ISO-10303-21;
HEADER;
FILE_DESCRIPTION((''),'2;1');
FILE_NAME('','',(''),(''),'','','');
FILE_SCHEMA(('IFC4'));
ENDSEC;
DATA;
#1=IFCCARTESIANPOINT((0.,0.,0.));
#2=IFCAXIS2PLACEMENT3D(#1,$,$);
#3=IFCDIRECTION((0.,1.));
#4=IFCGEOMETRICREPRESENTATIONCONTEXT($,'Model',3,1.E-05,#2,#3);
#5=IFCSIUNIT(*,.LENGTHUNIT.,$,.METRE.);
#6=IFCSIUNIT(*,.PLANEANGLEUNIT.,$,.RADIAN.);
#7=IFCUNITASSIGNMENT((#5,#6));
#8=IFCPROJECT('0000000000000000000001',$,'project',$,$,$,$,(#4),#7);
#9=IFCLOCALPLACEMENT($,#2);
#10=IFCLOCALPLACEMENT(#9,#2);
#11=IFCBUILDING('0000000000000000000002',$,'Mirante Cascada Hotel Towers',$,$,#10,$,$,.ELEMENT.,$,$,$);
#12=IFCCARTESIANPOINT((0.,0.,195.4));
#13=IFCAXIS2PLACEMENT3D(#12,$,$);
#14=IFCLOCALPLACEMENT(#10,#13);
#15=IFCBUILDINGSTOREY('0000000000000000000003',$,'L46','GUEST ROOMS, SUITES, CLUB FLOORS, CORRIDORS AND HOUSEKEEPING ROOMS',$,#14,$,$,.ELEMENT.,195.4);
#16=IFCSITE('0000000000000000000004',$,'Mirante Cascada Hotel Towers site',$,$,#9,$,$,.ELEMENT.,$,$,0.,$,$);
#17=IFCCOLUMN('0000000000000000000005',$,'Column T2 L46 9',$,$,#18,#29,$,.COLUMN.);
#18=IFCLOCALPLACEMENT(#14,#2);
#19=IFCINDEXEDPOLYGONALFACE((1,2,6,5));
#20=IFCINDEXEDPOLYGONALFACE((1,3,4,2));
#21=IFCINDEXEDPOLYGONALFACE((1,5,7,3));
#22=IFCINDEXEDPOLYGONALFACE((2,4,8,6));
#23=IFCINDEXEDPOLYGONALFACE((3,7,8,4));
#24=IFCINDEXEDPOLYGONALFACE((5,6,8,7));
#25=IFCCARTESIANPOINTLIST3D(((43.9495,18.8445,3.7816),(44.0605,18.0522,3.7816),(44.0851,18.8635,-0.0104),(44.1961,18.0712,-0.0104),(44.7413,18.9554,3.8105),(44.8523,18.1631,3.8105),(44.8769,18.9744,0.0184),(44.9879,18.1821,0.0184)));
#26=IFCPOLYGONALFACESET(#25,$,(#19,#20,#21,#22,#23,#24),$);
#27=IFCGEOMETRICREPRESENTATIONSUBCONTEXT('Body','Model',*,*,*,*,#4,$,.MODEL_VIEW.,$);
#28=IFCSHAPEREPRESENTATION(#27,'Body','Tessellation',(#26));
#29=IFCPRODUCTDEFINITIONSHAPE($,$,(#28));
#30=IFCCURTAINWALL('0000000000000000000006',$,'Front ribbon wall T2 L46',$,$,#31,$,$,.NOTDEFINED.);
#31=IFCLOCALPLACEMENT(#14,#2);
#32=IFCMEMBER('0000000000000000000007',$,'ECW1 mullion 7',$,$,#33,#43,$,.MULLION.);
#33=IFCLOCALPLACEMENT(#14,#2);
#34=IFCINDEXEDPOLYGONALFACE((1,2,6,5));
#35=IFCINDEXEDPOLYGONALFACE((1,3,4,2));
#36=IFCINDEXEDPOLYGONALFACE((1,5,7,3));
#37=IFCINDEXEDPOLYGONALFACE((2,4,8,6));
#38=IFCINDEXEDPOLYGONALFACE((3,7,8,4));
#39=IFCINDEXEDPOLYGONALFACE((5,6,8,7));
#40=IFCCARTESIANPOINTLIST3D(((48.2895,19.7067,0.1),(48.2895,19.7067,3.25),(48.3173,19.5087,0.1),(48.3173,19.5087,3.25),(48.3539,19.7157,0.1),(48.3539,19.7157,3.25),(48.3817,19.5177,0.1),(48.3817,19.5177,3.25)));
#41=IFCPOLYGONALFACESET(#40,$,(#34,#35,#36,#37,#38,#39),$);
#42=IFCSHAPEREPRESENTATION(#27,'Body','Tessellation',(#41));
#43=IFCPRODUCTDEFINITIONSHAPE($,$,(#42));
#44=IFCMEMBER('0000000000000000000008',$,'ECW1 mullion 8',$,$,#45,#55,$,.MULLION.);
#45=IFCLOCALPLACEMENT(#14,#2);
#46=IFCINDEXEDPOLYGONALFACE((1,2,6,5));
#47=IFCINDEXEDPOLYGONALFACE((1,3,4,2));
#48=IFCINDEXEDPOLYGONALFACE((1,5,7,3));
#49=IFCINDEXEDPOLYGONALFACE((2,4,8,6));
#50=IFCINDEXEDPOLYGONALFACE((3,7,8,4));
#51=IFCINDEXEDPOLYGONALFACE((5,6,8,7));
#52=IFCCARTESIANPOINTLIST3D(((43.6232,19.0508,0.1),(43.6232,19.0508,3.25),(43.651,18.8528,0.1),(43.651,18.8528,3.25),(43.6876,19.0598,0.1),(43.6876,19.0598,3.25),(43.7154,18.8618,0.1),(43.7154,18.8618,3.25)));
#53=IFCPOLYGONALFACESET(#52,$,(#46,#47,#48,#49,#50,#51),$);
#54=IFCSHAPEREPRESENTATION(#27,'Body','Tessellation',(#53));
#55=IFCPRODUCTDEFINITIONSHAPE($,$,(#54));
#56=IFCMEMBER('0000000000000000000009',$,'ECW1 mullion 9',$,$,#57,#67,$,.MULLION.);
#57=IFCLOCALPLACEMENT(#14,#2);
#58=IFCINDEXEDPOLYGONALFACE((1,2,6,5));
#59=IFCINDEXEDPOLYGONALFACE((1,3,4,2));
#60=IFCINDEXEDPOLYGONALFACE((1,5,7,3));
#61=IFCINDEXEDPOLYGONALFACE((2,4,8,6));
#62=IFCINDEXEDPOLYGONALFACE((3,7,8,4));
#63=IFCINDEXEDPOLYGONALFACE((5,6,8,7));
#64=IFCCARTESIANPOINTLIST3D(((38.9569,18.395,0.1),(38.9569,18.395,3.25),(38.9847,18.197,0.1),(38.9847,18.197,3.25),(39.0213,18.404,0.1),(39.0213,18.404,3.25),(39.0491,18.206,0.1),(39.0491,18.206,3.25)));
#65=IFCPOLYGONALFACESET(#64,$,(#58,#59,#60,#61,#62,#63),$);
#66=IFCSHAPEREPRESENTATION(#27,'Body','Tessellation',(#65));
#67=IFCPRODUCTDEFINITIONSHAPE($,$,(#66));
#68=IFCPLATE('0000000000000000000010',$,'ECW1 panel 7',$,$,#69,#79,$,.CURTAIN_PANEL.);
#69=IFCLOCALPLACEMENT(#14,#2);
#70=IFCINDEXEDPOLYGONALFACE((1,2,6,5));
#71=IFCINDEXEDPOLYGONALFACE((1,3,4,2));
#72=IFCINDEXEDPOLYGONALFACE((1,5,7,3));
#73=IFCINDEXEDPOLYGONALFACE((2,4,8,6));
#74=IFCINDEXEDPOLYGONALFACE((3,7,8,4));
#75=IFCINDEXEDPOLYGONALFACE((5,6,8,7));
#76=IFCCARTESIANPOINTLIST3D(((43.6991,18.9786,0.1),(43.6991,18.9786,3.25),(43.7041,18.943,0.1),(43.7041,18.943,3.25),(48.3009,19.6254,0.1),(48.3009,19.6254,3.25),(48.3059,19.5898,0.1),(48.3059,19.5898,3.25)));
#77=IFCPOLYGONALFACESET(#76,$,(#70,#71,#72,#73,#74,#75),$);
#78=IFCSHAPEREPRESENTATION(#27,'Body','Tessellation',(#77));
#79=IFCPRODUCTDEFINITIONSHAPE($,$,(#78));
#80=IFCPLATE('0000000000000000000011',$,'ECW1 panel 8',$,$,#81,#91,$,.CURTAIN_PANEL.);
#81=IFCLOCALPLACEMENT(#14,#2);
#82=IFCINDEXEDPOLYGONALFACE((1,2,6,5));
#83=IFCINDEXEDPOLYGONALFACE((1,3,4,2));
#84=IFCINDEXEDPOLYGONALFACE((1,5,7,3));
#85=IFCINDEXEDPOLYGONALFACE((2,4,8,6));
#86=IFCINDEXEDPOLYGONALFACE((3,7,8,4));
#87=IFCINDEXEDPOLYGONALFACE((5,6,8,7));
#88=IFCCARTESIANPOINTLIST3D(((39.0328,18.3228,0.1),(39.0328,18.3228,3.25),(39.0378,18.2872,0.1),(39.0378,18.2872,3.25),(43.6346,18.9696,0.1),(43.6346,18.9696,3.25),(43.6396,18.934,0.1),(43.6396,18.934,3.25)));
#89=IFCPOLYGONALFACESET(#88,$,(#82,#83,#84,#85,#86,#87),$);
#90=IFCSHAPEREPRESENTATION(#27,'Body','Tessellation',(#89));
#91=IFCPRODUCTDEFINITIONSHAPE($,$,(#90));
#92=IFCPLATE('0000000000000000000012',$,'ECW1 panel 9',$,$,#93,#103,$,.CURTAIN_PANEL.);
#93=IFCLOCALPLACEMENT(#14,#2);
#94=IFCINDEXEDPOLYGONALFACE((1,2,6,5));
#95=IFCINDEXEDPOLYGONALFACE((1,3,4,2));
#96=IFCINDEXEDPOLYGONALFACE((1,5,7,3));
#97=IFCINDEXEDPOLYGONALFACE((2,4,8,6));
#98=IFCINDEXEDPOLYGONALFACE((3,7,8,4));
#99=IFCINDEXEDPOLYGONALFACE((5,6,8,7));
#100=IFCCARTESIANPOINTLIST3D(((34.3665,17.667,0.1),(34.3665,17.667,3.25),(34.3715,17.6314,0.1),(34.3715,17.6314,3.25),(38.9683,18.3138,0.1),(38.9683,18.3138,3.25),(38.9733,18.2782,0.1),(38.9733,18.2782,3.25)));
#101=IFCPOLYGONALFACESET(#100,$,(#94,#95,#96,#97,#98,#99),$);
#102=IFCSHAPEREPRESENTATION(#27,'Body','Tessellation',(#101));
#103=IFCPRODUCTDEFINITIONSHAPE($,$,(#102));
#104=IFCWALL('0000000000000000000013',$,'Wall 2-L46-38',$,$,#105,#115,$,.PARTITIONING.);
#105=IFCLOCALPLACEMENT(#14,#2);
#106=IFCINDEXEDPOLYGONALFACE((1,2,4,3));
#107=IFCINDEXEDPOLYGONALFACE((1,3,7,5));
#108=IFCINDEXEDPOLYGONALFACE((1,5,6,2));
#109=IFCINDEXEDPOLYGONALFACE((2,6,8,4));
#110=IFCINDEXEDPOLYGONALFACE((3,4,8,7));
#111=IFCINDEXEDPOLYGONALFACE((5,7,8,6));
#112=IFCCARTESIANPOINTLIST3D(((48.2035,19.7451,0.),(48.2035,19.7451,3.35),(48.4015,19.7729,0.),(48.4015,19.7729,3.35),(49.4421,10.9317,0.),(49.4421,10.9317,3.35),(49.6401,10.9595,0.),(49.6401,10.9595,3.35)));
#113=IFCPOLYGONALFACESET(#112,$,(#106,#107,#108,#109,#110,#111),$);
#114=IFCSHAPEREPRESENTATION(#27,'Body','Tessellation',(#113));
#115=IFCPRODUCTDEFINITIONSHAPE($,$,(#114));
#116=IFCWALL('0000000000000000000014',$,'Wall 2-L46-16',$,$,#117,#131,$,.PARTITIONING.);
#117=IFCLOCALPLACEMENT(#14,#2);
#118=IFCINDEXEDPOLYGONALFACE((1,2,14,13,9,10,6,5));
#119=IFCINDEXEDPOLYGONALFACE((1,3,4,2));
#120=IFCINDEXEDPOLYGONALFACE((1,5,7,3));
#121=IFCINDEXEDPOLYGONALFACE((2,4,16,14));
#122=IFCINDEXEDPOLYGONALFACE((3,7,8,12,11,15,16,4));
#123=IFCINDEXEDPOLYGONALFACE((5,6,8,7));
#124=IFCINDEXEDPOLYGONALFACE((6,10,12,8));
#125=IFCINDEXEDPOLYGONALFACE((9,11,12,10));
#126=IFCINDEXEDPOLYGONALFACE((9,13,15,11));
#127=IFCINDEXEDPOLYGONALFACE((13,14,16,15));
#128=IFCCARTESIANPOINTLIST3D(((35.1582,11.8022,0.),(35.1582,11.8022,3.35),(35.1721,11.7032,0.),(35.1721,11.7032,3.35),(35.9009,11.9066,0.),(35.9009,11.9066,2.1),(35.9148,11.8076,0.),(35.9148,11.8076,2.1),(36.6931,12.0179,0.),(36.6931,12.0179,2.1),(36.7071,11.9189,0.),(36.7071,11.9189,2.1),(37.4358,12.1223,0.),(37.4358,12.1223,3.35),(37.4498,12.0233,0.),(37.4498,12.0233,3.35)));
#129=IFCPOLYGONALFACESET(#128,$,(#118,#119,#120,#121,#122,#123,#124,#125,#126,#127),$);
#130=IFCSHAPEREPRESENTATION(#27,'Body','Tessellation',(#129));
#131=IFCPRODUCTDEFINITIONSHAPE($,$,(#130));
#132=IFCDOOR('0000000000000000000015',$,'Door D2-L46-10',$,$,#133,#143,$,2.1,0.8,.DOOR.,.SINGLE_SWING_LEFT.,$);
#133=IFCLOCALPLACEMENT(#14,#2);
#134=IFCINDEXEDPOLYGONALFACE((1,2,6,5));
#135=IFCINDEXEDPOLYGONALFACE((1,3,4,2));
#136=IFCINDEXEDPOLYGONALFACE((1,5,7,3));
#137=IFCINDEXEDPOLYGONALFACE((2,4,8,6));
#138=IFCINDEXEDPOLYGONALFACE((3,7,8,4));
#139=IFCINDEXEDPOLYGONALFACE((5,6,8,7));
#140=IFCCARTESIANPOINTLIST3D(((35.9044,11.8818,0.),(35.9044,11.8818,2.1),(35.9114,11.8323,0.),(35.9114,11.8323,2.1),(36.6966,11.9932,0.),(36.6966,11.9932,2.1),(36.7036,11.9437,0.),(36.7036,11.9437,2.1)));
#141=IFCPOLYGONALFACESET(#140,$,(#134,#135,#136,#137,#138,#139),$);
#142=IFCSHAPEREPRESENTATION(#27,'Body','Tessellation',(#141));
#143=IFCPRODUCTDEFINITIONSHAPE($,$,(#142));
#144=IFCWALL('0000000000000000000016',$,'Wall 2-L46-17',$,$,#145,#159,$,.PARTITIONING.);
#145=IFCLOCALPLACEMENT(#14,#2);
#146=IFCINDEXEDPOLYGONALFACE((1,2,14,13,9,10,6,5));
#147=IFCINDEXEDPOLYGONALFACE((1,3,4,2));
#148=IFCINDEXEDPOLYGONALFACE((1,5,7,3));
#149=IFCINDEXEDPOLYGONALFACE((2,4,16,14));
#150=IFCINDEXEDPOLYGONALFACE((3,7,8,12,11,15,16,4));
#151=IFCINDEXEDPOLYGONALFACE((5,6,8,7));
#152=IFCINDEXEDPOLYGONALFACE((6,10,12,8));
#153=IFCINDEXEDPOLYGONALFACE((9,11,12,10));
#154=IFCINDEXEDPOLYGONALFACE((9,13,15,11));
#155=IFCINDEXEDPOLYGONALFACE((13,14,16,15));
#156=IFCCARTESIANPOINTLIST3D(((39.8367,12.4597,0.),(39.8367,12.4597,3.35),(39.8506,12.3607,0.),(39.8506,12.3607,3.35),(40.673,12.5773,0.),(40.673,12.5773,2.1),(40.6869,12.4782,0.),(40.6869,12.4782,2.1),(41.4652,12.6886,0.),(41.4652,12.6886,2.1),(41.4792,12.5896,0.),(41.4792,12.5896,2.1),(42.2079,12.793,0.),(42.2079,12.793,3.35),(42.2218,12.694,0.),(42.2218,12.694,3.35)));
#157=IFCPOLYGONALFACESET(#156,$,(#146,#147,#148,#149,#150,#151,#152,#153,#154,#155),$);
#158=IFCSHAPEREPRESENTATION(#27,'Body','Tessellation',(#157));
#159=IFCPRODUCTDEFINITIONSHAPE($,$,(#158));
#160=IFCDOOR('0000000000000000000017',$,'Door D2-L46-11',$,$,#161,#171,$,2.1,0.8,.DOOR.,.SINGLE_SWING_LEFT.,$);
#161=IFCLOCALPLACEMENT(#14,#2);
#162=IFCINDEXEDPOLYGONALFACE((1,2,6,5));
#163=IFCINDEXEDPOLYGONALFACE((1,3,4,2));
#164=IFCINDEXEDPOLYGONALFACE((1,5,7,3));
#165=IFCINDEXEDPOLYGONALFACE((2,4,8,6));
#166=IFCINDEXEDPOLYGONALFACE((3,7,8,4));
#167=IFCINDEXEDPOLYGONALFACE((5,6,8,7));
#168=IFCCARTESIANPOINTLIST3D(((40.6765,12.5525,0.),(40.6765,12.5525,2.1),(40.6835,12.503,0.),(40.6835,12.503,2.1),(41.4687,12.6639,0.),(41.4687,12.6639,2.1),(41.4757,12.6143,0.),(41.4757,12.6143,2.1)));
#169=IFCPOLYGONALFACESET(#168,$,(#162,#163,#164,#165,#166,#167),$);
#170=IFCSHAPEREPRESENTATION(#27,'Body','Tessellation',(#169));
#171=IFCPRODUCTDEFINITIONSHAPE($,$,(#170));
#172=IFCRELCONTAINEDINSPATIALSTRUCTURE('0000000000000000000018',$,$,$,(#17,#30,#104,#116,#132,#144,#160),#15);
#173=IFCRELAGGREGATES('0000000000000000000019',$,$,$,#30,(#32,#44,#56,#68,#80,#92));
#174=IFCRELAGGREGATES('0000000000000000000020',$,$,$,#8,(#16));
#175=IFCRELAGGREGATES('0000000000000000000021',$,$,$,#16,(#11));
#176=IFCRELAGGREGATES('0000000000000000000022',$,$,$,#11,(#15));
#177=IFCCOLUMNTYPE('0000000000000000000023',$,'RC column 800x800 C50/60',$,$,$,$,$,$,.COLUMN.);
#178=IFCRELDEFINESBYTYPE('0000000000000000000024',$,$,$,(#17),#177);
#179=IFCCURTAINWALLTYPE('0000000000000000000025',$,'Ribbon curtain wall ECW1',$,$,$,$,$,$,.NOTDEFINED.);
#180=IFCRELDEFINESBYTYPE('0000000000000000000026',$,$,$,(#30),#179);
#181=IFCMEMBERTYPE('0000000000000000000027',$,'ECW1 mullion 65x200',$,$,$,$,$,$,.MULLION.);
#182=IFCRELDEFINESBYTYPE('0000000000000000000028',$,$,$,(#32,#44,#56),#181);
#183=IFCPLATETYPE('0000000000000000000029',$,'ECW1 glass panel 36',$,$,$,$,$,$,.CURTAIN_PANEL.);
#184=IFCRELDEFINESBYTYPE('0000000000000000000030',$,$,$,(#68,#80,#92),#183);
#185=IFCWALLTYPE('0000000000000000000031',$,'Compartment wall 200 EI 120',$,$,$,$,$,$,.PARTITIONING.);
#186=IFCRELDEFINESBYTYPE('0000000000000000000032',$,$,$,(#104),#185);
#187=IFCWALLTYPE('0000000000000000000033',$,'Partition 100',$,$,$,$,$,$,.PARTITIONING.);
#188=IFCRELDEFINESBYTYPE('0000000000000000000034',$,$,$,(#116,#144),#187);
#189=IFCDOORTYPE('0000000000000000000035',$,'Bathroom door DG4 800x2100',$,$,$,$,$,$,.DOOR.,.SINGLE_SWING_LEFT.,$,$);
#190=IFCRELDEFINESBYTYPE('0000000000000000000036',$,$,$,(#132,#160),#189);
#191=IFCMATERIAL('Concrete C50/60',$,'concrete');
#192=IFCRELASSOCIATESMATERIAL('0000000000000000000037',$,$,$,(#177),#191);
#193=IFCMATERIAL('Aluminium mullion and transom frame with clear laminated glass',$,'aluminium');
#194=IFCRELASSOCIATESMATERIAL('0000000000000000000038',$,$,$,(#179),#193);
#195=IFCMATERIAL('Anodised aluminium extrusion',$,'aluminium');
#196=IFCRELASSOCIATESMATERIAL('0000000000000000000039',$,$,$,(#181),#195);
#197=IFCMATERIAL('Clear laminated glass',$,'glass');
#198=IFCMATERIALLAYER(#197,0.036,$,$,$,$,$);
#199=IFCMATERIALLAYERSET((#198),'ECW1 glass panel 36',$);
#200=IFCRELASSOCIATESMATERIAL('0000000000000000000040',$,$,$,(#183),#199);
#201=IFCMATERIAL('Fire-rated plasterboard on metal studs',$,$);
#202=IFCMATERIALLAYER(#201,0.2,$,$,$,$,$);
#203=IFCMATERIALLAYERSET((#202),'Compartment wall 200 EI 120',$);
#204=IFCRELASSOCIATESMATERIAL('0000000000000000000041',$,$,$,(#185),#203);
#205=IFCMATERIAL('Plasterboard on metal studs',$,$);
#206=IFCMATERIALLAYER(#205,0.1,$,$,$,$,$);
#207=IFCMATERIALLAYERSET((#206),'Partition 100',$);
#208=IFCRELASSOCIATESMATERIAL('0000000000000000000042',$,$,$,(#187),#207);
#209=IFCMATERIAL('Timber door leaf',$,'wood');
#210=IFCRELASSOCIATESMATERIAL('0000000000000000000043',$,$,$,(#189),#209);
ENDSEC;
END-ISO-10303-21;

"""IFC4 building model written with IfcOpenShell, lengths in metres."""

from ifc_helpers import new_model, si_unit, direction, frame, frame_2d, origin, origin_2d, place, context, subcontext, project, spatial, rectangle, extrude, material, layer, layer_set, material_profile, profile_set, type_object, element, fill, aggregate, save


model = new_model("IFC4")

# Units and contexts
model_context = context("Model", 3, precision=1e-05, world=origin(), true_north=direction((0.0, 1.0)))
body_context = subcontext(model_context, "Body", "Model", "MODEL_VIEW")
ifc_project = project(units=[si_unit("LENGTHUNIT", "METRE"), si_unit("PLANEANGLEUNIT", "RADIAN")], contexts=[model_context])

# Site, building, storey
site_placement = place(None, origin())
site = spatial("IfcSite", under=ifc_project, at=site_placement, Name="Mirante Cascada Hotel Towers site", CompositionType="ELEMENT", RefElevation=0.0)
building_placement = place(site_placement, origin())
building = spatial("IfcBuilding", under=site, at=building_placement, Name="Mirante Cascada Hotel Towers", CompositionType="ELEMENT")
storey_placement = place(building_placement, frame((0.0, 0.0, 195.4)))
storey = spatial("IfcBuildingStorey", under=building, at=storey_placement, Name="L46", Description="GUEST ROOMS, SUITES, CLUB FLOORS, CORRIDORS AND HOUSEKEEPING ROOMS", CompositionType="ELEMENT", Elevation=195.4)

# Column
ifc_material_1 = material(Name="Concrete C50/60", Category="concrete")
ifc_material_profile_1 = material_profile(ifc_material_1, rectangle(XDim=0.8, YDim=0.8, at=origin_2d()), Name="RC column 800x800 C50/60")
ifc_profile_set_1 = profile_set([ifc_material_profile_1], Name="Concrete C50/60")
column_type = type_object("IfcColumnType", Name="RC column 800x800 C50/60", PredefinedType="COLUMN", material=ifc_profile_set_1)
column_placement = place(storey_placement, frame((44.5365, 18.5228, 0.004), z_axis=(-0.035736, -0.005007, 0.999349), x_axis=(0.138762, -0.990326, 0.0)))
element("IfcColumn", 1, at=column_placement, inside=storey, type_object=column_type, Name="Column T2 L46 9", PredefinedType="COLUMN", context=body_context, shape_type="SweptSolid", body=[
    extrude(rectangle(XDim=0.8, YDim=0.8, at=origin_2d()), origin(), (0.0, 0.0, 1.0), 3.7945),
])

# Curtain wall, members, plates
ifc_material_2 = material(Name="Aluminium mullion and transom frame with clear laminated glass", Category="aluminium")
curtain_wall_type = type_object("IfcCurtainWallType", Name="Ribbon curtain wall ECW1", PredefinedType="NOTDEFINED", material=ifc_material_2)
curtain_wall_placement = place(storey_placement, origin())
curtain_wall = element("IfcCurtainWall", 2, at=curtain_wall_placement, inside=storey, type_object=curtain_wall_type, Name="Front ribbon wall T2 L46", PredefinedType="NOTDEFINED")
ifc_material_3 = material(Name="Anodised aluminium extrusion", Category="aluminium")
ifc_material_profile_2 = material_profile(ifc_material_3, rectangle(XDim=0.2, YDim=0.065, at=origin_2d()), Name="ECW1 MULLION 65x200")
ifc_profile_set_2 = profile_set([ifc_material_profile_2], Name="Anodised aluminium extrusion")
member_type = type_object("IfcMemberType", Name="ECW1 mullion 65x200", PredefinedType="MULLION", material=ifc_profile_set_2)
member_1_placement = place(storey_placement, frame((48.3356, 19.6122, 0.1), z_axis=(0.0, 0.0, 1.0), x_axis=(0.139173, -0.990268, 0.0)))
member_1 = element("IfcMember", 3, at=member_1_placement, type_object=member_type, Name="ECW1 mullion 7", PredefinedType="MULLION", context=body_context, shape_type="SweptSolid", body=[
    extrude(rectangle(XDim=0.2, YDim=0.065, at=origin_2d()), origin(), (0.0, 0.0, 1.0), 3.15),
])
member_2_placement = place(storey_placement, frame((43.6693, 18.9563, 0.1), z_axis=(0.0, 0.0, 1.0), x_axis=(0.139173, -0.990268, 0.0)))
member_2 = element("IfcMember", 4, at=member_2_placement, type_object=member_type, Name="ECW1 mullion 8", PredefinedType="MULLION", context=body_context, shape_type="SweptSolid", body=[
    extrude(rectangle(XDim=0.2, YDim=0.065, at=origin_2d()), origin(), (0.0, 0.0, 1.0), 3.15),
])
member_3_placement = place(storey_placement, frame((39.003, 18.3005, 0.1), z_axis=(0.0, 0.0, 1.0), x_axis=(0.139173, -0.990268, 0.0)))
member_3 = element("IfcMember", 5, at=member_3_placement, type_object=member_type, Name="ECW1 mullion 9", PredefinedType="MULLION", context=body_context, shape_type="SweptSolid", body=[
    extrude(rectangle(XDim=0.2, YDim=0.065, at=origin_2d()), origin(), (0.0, 0.0, 1.0), 3.15),
])
ifc_material_4 = material(Name="Clear laminated glass", Category="glass")
ifc_layer_1 = layer(ifc_material_4, 0.036)
ifc_layer_set_1 = layer_set([ifc_layer_1], Name="ECW1 glass panel 36")
plate_type = type_object("IfcPlateType", Name="ECW1 glass panel 36", PredefinedType="CURTAIN_PANEL", material=ifc_layer_set_1)
plate_1_placement = place(storey_placement, frame((46.0025, 19.2842, 0.1), z_axis=(0.0, 0.0, 1.0), x_axis=(-0.990268, -0.139173, 0.0)))
plate_1 = element("IfcPlate", 6, at=plate_1_placement, type_object=plate_type, Name="ECW1 panel 7", PredefinedType="CURTAIN_PANEL", context=body_context, shape_type="SweptSolid", body=[
    extrude(rectangle(XDim=4.6471, YDim=0.036, at=origin_2d()), origin(), (0.0, 0.0, 1.0), 3.15),
])
plate_2_placement = place(storey_placement, frame((41.3362, 18.6284, 0.1), z_axis=(0.0, 0.0, 1.0), x_axis=(-0.990268, -0.139173, 0.0)))
plate_2 = element("IfcPlate", 7, at=plate_2_placement, type_object=plate_type, Name="ECW1 panel 8", PredefinedType="CURTAIN_PANEL", context=body_context, shape_type="SweptSolid", body=[
    extrude(rectangle(XDim=4.6471, YDim=0.036, at=origin_2d()), origin(), (0.0, 0.0, 1.0), 3.15),
])
plate_3_placement = place(storey_placement, frame((36.6699, 17.9726, 0.1), z_axis=(0.0, 0.0, 1.0), x_axis=(-0.990268, -0.139173, 0.0)))
plate_3 = element("IfcPlate", 8, at=plate_3_placement, type_object=plate_type, Name="ECW1 panel 9", PredefinedType="CURTAIN_PANEL", context=body_context, shape_type="SweptSolid", body=[
    extrude(rectangle(XDim=4.6471, YDim=0.036, at=origin_2d()), origin(), (0.0, 0.0, 1.0), 3.15),
])
aggregate(curtain_wall, [member_1, member_2, member_3, plate_1, plate_2, plate_3])

# Wall
ifc_material_5 = material(Name="Fire-rated plasterboard on metal studs")
ifc_layer_2 = layer(ifc_material_5, 0.2)
ifc_layer_set_2 = layer_set([ifc_layer_2], Name="Compartment wall 200 EI 120")
wall_type_1 = type_object("IfcWallType", Name="Compartment wall 200 EI 120", PredefinedType="PARTITIONING", material=ifc_layer_set_2)
wall_1_placement = place(storey_placement, frame((48.3025, 19.759, 0.0), z_axis=(0.0, 0.0, 1.0), x_axis=(0.139168, -0.990269, 0.0)))
element("IfcWall", 9, at=wall_1_placement, inside=storey, type_object=wall_type_1, Name="Wall 2-L46-38", PredefinedType="PARTITIONING", context=body_context, shape_type="SweptSolid", body=[
    extrude(rectangle(XDim=8.9, YDim=0.2, at=frame_2d((4.45, 0.0))), origin(), (0.0, 0.0, 1.0), 3.35),
])

# Walls, openings, doors
ifc_material_6 = material(Name="Plasterboard on metal studs")
ifc_layer_3 = layer(ifc_material_6, 0.1)
ifc_layer_set_3 = layer_set([ifc_layer_3], Name="Partition 100")
wall_type_2 = type_object("IfcWallType", Name="Partition 100", PredefinedType="PARTITIONING", material=ifc_layer_set_3)
wall_2_placement = place(storey_placement, frame((37.4428, 12.0728, 0.0), z_axis=(0.0, 0.0, 1.0), x_axis=(-0.990268, -0.139175, 0.0)))
wall_2 = element("IfcWall", 10, at=wall_2_placement, inside=storey, type_object=wall_type_2, Name="Wall 2-L46-16", PredefinedType="PARTITIONING", context=body_context, shape_type="SweptSolid", body=[
    extrude(rectangle(XDim=2.3, YDim=0.1, at=frame_2d((1.15, 0.0))), origin(), (0.0, 0.0, 1.0), 3.35),
])
opening_1_placement = place(wall_2_placement, frame((0.75, 0.0, 0.0)))
opening_1 = element("IfcOpeningElement", 11, at=opening_1_placement, cuts=wall_2, PredefinedType="OPENING", context=body_context, shape_type="SweptSolid", body=[
    extrude(rectangle(XDim=0.8, YDim=2.1, at=frame_2d((0.4, 1.05))), frame((0.0, 0.05, 0.0), z_axis=(0.0, -1.0, 0.0), x_axis=(1.0, 0.0, 0.0)), (0.0, 0.0, 1.0), 0.1),
])
ifc_material_7 = material(Name="Timber door leaf", Category="wood")
door_type = type_object("IfcDoorType", Name="Bathroom door DG4 800x2100", OperationType="SINGLE_SWING_LEFT", PredefinedType="DOOR", material=ifc_material_7)
door_1_placement = place(opening_1_placement, origin())
door_1 = element("IfcDoor", 12, at=door_1_placement, inside=storey, type_object=door_type, Name="Door D2-L46-10", OperationType="SINGLE_SWING_LEFT", OverallHeight=2.1, OverallWidth=0.8, PredefinedType="DOOR", context=body_context, shape_type="SweptSolid", body=[
    extrude(rectangle(XDim=0.8, YDim=2.1, at=frame_2d((0.4, 1.05))), frame((0.0, 0.025, 0.0), z_axis=(0.0, -1.0, 0.0), x_axis=(1.0, 0.0, 0.0)), (0.0, 0.0, 1.0), 0.05),
])
fill(opening_1, door_1)
wall_3_placement = place(storey_placement, frame((39.8437, 12.4102, 0.0), z_axis=(0.0, 0.0, 1.0), x_axis=(0.990265, 0.139193, 0.0)))
wall_3 = element("IfcWall", 13, at=wall_3_placement, inside=storey, type_object=wall_type_2, Name="Wall 2-L46-17", PredefinedType="PARTITIONING", context=body_context, shape_type="SweptSolid", body=[
    extrude(rectangle(XDim=2.3945, YDim=0.1, at=frame_2d((1.1972, 0.0))), origin(), (0.0, 0.0, 1.0), 3.35),
])
opening_2_placement = place(wall_3_placement, frame((0.8445, 0.0, 0.0)))
opening_2 = element("IfcOpeningElement", 14, at=opening_2_placement, cuts=wall_3, PredefinedType="OPENING", context=body_context, shape_type="SweptSolid", body=[
    extrude(rectangle(XDim=0.8, YDim=2.1, at=frame_2d((0.4, 1.05))), frame((0.0, 0.05, 0.0), z_axis=(0.0, -1.0, 0.0), x_axis=(1.0, 0.0, 0.0)), (0.0, 0.0, 1.0), 0.1),
])
door_2_placement = place(opening_2_placement, origin())
door_2 = element("IfcDoor", 15, at=door_2_placement, inside=storey, type_object=door_type, Name="Door D2-L46-11", OperationType="SINGLE_SWING_LEFT", OverallHeight=2.1, OverallWidth=0.8, PredefinedType="DOOR", context=body_context, shape_type="SweptSolid", body=[
    extrude(rectangle(XDim=0.8, YDim=2.1, at=frame_2d((0.4, 1.05))), frame((0.0, 0.025, 0.0), z_axis=(0.0, -1.0, 0.0), x_axis=(1.0, 0.0, 0.0)), (0.0, 0.0, 1.0), 0.05),
])
fill(opening_2, door_2)

save(model, "model.ifc")
